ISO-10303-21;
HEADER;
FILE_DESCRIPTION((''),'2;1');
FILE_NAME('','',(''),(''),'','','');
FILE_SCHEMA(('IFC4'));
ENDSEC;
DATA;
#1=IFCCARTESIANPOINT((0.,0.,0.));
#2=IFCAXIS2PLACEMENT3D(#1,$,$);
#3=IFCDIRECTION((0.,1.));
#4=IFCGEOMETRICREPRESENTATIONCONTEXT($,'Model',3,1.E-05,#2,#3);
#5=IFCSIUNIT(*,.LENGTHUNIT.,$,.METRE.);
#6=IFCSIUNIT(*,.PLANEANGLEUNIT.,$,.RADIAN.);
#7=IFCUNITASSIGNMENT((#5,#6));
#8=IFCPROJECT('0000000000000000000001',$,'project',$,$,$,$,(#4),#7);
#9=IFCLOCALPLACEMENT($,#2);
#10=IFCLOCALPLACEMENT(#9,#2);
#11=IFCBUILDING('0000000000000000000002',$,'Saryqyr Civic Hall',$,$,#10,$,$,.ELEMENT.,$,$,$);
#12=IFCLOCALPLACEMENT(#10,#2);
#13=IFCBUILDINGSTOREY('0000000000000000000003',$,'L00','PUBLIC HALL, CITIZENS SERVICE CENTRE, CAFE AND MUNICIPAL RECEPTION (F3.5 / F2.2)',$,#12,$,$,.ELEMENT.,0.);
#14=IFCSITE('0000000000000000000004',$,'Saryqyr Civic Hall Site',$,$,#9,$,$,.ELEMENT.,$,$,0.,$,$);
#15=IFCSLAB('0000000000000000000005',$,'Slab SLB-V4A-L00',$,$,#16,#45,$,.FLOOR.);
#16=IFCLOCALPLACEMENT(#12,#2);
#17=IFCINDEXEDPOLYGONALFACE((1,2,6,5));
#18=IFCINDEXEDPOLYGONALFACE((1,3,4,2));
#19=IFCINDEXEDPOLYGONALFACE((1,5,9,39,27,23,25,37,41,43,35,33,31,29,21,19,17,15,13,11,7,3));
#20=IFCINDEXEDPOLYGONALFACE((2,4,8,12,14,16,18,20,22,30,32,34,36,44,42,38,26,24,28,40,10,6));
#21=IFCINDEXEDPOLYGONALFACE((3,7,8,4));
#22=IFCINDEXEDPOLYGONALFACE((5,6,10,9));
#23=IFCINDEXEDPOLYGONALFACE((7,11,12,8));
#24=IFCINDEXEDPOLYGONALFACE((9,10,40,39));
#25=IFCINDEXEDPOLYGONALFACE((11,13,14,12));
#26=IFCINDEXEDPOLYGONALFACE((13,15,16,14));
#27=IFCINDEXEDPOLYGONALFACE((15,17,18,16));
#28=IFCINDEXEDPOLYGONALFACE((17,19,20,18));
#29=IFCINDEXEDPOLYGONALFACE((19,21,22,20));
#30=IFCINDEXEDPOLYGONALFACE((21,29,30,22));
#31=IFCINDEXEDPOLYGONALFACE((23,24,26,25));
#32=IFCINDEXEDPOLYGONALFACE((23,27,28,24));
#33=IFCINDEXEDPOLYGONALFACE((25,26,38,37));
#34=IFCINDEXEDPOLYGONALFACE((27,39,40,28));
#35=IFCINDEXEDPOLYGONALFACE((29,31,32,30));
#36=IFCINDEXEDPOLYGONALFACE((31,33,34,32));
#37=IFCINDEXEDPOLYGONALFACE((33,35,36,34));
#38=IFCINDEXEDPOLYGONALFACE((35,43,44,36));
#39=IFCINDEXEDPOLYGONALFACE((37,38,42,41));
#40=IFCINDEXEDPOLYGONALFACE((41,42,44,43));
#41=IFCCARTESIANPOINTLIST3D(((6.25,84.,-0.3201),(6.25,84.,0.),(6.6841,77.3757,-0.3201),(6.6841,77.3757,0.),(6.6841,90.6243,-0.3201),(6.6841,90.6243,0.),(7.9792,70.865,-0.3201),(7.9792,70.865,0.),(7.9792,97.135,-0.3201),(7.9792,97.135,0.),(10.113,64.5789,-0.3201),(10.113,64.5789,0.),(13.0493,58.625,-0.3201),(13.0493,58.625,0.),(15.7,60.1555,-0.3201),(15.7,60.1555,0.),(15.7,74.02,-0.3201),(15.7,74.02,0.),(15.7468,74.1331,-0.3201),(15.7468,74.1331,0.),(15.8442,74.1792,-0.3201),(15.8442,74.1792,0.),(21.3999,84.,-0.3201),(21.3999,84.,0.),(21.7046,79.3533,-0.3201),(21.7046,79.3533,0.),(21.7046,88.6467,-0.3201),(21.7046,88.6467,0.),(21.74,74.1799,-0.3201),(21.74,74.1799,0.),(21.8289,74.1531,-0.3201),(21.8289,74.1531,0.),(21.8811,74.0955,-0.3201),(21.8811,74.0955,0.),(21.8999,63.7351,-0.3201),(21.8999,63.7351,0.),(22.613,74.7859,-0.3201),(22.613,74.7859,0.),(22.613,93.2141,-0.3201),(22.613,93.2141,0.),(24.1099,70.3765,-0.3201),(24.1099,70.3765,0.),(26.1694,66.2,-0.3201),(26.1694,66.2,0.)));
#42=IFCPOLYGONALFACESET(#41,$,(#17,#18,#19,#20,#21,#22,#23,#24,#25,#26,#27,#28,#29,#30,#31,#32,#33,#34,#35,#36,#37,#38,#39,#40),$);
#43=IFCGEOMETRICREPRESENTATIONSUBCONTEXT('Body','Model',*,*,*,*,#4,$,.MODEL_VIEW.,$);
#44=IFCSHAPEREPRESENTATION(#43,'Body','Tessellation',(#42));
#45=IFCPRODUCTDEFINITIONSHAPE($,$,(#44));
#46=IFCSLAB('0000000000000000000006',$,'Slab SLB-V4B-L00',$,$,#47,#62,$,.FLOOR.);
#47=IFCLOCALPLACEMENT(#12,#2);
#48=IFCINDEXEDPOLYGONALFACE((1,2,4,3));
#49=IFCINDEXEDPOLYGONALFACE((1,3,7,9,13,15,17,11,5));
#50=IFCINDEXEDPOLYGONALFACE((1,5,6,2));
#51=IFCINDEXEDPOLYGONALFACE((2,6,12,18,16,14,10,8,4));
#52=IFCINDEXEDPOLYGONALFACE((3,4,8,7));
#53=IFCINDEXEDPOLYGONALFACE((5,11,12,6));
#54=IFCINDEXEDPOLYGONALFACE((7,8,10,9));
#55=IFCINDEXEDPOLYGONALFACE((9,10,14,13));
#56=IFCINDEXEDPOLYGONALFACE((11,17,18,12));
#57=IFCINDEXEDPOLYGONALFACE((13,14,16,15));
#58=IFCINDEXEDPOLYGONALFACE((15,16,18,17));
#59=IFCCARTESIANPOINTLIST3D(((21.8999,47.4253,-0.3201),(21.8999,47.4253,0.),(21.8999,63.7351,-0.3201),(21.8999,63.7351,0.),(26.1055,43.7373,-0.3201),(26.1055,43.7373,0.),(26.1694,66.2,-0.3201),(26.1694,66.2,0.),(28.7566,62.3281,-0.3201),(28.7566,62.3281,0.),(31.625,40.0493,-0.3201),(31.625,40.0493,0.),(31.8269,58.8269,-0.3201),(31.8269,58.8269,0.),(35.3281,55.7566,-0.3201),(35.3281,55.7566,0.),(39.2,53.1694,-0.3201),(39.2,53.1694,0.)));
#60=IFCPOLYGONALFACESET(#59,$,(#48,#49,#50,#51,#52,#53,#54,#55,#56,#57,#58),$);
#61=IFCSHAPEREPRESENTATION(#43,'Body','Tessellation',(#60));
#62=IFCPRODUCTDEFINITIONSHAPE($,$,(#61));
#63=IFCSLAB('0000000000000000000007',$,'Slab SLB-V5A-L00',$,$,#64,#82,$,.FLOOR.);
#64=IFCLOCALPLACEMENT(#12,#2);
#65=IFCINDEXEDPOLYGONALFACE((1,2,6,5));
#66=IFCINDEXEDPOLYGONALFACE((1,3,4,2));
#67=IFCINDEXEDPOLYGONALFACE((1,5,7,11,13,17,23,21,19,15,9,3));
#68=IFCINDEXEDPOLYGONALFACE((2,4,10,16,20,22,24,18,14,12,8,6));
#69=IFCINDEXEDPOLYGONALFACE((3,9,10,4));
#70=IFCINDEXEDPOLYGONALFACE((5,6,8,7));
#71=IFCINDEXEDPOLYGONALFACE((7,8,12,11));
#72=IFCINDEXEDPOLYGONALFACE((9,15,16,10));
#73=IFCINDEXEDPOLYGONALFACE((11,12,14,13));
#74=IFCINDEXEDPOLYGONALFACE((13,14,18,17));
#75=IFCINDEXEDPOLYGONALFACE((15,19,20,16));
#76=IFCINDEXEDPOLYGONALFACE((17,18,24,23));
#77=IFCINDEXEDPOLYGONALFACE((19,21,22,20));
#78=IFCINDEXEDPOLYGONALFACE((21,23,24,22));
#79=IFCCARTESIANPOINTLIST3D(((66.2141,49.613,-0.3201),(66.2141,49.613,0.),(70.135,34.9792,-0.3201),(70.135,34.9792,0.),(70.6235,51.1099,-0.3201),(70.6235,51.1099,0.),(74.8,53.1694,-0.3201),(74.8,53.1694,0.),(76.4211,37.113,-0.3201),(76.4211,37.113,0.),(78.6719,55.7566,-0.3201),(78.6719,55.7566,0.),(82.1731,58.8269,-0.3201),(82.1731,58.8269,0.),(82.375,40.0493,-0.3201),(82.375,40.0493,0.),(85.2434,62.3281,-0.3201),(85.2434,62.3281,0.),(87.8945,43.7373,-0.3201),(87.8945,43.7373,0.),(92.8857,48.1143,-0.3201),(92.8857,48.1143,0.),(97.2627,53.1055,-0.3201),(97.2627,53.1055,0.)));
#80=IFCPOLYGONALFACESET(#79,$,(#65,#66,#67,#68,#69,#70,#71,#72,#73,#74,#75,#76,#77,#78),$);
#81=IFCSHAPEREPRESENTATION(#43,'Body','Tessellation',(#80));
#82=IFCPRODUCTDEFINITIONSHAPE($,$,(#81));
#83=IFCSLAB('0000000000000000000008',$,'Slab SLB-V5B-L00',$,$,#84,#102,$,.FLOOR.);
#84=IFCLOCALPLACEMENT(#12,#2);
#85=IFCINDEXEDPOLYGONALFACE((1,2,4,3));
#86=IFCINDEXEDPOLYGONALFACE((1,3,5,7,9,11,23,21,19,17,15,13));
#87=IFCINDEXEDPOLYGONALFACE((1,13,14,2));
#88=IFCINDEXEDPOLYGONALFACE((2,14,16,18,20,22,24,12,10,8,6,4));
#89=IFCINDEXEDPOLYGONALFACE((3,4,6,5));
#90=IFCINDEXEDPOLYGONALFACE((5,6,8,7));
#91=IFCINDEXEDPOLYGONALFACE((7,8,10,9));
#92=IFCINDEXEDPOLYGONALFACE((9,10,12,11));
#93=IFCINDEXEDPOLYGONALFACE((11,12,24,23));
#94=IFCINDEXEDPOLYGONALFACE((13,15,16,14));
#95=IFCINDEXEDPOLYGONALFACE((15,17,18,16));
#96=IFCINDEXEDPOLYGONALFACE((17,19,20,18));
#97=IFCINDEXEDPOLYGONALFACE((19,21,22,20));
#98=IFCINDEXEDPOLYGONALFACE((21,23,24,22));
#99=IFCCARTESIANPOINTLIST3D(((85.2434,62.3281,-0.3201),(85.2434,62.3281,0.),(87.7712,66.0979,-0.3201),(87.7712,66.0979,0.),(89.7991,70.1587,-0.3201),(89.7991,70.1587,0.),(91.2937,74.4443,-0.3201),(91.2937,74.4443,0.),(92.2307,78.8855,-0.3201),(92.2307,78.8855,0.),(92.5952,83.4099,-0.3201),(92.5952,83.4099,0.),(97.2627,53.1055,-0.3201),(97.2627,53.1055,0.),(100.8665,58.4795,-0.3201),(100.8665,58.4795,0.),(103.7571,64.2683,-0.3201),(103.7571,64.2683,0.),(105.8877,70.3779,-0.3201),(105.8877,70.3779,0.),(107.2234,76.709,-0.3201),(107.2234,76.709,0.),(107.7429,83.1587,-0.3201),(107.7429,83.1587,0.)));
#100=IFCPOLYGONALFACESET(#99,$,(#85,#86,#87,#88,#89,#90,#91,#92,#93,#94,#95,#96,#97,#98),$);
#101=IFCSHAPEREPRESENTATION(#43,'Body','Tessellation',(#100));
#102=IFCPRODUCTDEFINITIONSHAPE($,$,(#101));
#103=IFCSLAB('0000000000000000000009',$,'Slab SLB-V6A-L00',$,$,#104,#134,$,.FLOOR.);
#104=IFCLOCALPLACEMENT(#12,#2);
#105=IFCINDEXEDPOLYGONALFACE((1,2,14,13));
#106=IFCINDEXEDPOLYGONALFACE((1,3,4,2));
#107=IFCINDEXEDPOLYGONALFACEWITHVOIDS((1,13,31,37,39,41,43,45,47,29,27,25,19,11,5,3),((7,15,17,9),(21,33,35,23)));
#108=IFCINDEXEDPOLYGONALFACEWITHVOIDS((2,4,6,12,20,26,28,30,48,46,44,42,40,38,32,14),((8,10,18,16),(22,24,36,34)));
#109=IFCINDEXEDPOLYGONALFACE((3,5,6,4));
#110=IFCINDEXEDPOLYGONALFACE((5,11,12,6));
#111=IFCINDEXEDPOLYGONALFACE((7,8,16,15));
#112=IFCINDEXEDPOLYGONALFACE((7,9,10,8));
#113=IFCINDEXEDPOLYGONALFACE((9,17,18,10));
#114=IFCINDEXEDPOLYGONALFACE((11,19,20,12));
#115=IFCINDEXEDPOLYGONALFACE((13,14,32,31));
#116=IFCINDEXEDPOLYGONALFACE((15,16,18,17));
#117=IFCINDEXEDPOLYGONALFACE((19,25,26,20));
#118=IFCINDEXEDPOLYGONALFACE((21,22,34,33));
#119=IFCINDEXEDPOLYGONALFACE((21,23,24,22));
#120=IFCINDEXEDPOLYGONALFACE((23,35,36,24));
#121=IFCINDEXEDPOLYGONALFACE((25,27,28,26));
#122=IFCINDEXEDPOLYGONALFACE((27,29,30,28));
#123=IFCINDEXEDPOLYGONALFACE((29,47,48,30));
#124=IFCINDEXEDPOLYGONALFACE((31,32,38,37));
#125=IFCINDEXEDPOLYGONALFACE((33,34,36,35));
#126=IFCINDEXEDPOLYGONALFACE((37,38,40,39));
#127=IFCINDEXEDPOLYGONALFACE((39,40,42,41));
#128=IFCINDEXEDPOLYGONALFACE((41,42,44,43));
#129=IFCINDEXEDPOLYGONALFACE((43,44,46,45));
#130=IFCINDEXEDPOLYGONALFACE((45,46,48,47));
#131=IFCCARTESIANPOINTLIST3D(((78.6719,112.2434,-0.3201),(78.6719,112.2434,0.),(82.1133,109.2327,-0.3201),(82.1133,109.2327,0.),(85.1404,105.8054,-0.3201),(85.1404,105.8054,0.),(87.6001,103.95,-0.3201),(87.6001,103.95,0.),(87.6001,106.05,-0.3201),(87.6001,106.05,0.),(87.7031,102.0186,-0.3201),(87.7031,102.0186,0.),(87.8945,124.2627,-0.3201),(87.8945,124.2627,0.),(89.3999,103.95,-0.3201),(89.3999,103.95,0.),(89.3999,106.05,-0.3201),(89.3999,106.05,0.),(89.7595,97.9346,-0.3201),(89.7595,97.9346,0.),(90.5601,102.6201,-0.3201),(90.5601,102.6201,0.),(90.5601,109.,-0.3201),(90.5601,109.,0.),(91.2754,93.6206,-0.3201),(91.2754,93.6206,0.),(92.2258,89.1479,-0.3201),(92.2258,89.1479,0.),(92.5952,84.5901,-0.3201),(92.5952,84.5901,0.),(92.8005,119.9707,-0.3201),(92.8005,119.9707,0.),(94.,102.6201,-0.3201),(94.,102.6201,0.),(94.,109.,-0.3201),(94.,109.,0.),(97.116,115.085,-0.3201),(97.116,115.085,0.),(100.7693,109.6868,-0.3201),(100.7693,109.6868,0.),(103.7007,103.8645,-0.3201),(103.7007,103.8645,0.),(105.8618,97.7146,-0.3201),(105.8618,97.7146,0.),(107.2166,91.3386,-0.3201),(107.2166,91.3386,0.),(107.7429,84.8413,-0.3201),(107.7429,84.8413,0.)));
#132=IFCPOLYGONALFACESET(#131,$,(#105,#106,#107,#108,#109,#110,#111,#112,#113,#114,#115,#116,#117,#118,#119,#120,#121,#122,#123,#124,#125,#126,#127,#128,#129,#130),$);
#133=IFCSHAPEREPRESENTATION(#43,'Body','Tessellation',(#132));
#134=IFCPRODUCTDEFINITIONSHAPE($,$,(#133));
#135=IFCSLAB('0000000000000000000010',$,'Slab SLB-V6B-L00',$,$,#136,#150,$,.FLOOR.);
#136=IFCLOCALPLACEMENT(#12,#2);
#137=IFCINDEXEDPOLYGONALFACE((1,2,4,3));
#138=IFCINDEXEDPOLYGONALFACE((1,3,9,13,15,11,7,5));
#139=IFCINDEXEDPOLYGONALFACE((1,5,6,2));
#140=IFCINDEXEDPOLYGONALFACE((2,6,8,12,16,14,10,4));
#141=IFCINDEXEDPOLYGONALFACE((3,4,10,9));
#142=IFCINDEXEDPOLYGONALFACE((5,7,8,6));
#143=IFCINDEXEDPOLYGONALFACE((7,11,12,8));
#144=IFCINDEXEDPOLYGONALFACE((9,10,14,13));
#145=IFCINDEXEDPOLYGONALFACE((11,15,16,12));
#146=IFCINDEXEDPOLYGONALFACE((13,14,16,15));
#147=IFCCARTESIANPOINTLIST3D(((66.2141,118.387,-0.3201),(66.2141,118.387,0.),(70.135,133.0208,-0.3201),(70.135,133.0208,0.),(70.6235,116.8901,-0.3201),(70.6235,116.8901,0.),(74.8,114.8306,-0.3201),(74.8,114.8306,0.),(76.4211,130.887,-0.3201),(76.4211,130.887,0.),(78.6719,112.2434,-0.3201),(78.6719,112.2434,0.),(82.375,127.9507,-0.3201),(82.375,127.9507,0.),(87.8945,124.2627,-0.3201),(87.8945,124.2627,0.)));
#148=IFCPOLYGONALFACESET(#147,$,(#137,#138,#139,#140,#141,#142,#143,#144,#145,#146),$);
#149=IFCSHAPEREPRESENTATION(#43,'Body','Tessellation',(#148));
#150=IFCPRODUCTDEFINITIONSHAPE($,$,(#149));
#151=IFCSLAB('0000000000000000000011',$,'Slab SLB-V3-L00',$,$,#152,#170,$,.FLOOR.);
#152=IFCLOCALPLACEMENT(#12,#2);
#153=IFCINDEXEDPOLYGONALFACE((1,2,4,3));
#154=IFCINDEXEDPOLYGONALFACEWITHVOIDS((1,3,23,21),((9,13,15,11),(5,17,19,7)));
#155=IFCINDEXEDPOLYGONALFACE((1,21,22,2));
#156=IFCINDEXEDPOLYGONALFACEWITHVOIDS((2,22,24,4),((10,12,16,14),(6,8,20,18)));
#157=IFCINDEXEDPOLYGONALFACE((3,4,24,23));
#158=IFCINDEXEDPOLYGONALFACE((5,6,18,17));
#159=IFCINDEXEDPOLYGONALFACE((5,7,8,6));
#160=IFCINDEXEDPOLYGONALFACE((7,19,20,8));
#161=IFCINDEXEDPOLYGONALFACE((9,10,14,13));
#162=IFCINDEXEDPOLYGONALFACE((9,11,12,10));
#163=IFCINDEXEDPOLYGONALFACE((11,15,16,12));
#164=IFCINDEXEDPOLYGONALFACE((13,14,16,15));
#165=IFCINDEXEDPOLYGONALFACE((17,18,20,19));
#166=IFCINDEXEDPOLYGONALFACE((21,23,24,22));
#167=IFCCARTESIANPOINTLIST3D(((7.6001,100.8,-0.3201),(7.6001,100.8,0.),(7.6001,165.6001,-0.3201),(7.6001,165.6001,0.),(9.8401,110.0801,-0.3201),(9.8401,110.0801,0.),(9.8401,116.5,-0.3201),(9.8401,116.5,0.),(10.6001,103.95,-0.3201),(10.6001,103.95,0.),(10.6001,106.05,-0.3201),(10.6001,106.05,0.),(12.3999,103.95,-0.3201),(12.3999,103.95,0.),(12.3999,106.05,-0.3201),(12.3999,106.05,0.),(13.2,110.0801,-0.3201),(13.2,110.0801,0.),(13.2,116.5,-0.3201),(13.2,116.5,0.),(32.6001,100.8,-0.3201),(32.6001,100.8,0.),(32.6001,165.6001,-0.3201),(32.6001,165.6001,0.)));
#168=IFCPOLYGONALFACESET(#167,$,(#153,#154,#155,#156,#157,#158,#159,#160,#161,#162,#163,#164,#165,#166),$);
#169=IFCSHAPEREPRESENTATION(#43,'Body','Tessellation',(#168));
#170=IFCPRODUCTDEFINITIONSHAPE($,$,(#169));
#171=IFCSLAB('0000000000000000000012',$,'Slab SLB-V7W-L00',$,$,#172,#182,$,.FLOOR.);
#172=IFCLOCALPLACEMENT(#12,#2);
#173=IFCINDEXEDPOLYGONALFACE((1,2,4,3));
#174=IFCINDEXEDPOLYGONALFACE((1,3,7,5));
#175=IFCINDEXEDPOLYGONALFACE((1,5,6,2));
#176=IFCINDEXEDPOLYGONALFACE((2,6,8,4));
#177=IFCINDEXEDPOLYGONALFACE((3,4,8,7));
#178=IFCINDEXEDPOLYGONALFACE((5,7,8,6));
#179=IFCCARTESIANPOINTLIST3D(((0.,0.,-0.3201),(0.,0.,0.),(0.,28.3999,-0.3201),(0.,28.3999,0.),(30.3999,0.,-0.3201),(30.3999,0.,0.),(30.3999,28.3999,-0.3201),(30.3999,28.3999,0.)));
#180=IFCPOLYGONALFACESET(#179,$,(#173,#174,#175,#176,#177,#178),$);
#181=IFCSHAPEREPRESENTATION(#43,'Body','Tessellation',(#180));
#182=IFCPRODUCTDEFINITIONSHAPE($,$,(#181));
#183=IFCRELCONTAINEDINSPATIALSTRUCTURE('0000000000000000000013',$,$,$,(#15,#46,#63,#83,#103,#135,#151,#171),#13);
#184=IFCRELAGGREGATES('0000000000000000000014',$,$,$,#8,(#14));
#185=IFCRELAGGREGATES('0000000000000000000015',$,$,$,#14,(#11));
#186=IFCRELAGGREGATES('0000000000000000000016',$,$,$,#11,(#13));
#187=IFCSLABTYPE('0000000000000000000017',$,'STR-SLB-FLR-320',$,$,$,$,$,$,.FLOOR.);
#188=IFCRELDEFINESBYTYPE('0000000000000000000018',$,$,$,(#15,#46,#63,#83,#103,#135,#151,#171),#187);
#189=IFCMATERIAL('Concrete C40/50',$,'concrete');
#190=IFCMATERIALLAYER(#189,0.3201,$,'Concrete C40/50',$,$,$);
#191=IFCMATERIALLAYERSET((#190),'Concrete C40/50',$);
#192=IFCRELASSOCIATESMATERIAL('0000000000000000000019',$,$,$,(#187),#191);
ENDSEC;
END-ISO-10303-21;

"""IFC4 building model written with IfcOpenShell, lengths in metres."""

from ifc_helpers import new_model, si_unit, direction, frame, origin, place, context, subcontext, project, spatial, polyline, outline, extrude, material, layer, layer_set, type_object, element, save


model = new_model("IFC4")

# Units and contexts
model_context = context("Model", 3, precision=1e-05, world=origin(), true_north=direction((0.0, 1.0)))
body_context = subcontext(model_context, "Body", "Model", "MODEL_VIEW")
ifc_project = project(units=[si_unit("LENGTHUNIT", "METRE"), si_unit("PLANEANGLEUNIT", "RADIAN")], contexts=[model_context])

# Site, building, storey
site_placement = place(None, origin())
site = spatial("IfcSite", under=ifc_project, at=site_placement, Name="Saryqyr Civic Hall Site", CompositionType="ELEMENT", RefElevation=0.0)
building_placement = place(site_placement, origin())
building = spatial("IfcBuilding", under=site, at=building_placement, Name="Saryqyr Civic Hall", CompositionType="ELEMENT")
storey_placement = place(building_placement, origin())
storey = spatial("IfcBuildingStorey", under=building, at=storey_placement, Name="L00", Description="PUBLIC HALL, CITIZENS SERVICE CENTRE, CAFE AND MUNICIPAL RECEPTION (F3.5 / F2.2)", CompositionType="ELEMENT", Elevation=0.0)

# Shared definitions
ifc_material_1 = material(Name="Concrete C40/50", Category="concrete")

# Slabs
ifc_layer_1 = layer(ifc_material_1, 0.3201, Name="Concrete C40/50")
ifc_layer_set_1 = layer_set([ifc_layer_1], Name="Concrete C40/50")
slab_type_1 = type_object("IfcSlabType", Name="STR-SLB-FLR-320", PredefinedType="FLOOR", material=ifc_layer_set_1)
slab_1_placement = place(storey_placement, frame((0.0, 0.0, -0.3201)))
element("IfcSlab", 1, at=slab_1_placement, inside=storey, type_object=slab_type_1, Name="Slab SLB-V4A-L00", PredefinedType="FLOOR", context=body_context, shape_type="SweptSolid", body=[
    extrude(outline(polyline([(10.113, 64.5789), (7.9792, 70.865), (6.6841, 77.3757), (6.25, 84.0), (6.6841, 90.6243), (7.9792, 97.135), (22.613, 93.2141), (21.7046, 88.6467), (21.3999, 84.0), (21.7046, 79.3533), (22.613, 74.7859), (24.1099, 70.3765), (26.1694, 66.2), (21.8999, 63.7351), (21.8811, 74.0955), (21.8289, 74.1531), (21.74, 74.1799), (15.8442, 74.1792), (15.7468, 74.1331), (15.7, 74.02), (15.7, 60.1555), (13.0493, 58.625), (10.113, 64.5789)])), origin(), (0.0, 0.0, 1.0), 0.3201),
])
slab_2_placement = place(storey_placement, frame((0.0, 0.0, -0.3201)))
element("IfcSlab", 2, at=slab_2_placement, inside=storey, type_object=slab_type_1, Name="Slab SLB-V4B-L00", PredefinedType="FLOOR", context=body_context, shape_type="SweptSolid", body=[
    extrude(outline(polyline([(28.7566, 62.3281), (31.8269, 58.8269), (35.3281, 55.7566), (39.2, 53.1694), (31.625, 40.0493), (26.1055, 43.7373), (21.8999, 47.4253), (21.8999, 63.7351), (26.1694, 66.2), (28.7566, 62.3281)])), origin(), (0.0, 0.0, 1.0), 0.3201),
])
slab_3_placement = place(storey_placement, frame((0.0, 0.0, -0.3201)))
element("IfcSlab", 3, at=slab_3_placement, inside=storey, type_object=slab_type_1, Name="Slab SLB-V5A-L00", PredefinedType="FLOOR", context=body_context, shape_type="SweptSolid", body=[
    extrude(outline(polyline([(70.6235, 51.1099), (74.8, 53.1694), (78.6719, 55.7566), (82.1731, 58.8269), (85.2434, 62.3281), (97.2627, 53.1055), (92.8857, 48.1143), (87.8945, 43.7373), (82.375, 40.0493), (76.4211, 37.113), (70.135, 34.9792), (66.2141, 49.613), (70.6235, 51.1099)])), origin(), (0.0, 0.0, 1.0), 0.3201),
])
slab_4_placement = place(storey_placement, frame((0.0, 0.0, -0.3201)))
element("IfcSlab", 4, at=slab_4_placement, inside=storey, type_object=slab_type_1, Name="Slab SLB-V5B-L00", PredefinedType="FLOOR", context=body_context, shape_type="SweptSolid", body=[
    extrude(outline(polyline([(87.7712, 66.0979), (89.7991, 70.1587), (91.2937, 74.4443), (92.2307, 78.8855), (92.5952, 83.4099), (107.7429, 83.1587), (107.2234, 76.709), (105.8877, 70.3779), (103.7571, 64.2683), (100.8665, 58.4795), (97.2627, 53.1055), (85.2434, 62.3281), (87.7712, 66.0979)])), origin(), (0.0, 0.0, 1.0), 0.3201),
])
slab_5_placement = place(storey_placement, frame((0.0, 0.0, -0.3201)))
element("IfcSlab", 5, at=slab_5_placement, inside=storey, type_object=slab_type_1, Name="Slab SLB-V6A-L00", PredefinedType="FLOOR", context=body_context, shape_type="SweptSolid", body=[
    extrude(outline(polyline([(92.2258, 89.1479), (91.2754, 93.6206), (89.7595, 97.9346), (87.7031, 102.0186), (85.1404, 105.8054), (82.1133, 109.2327), (78.6719, 112.2434), (87.8945, 124.2627), (92.8005, 119.9707), (97.116, 115.085), (100.7693, 109.6868), (103.7007, 103.8645), (105.8618, 97.7146), (107.2166, 91.3386), (107.7429, 84.8413), (92.5952, 84.5901), (92.2258, 89.1479)]), holes=[polyline([(89.3999, 106.05), (87.6001, 106.05), (87.6001, 103.95), (89.3999, 103.95), (89.3999, 106.05)]), polyline([(94.0, 109.0), (90.5601, 109.0), (90.5601, 102.6201), (94.0, 102.6201), (94.0, 109.0)])]), origin(), (0.0, 0.0, 1.0), 0.3201),
])
slab_6_placement = place(storey_placement, frame((0.0, 0.0, -0.3201)))
element("IfcSlab", 6, at=slab_6_placement, inside=storey, type_object=slab_type_1, Name="Slab SLB-V6B-L00", PredefinedType="FLOOR", context=body_context, shape_type="SweptSolid", body=[
    extrude(outline(polyline([(74.8, 114.8306), (70.6235, 116.8901), (66.2141, 118.387), (70.135, 133.0208), (76.4211, 130.887), (82.375, 127.9507), (87.8945, 124.2627), (78.6719, 112.2434), (74.8, 114.8306)])), origin(), (0.0, 0.0, 1.0), 0.3201),
])
slab_7_placement = place(storey_placement, frame((0.0, 0.0, -0.3201)))
element("IfcSlab", 7, at=slab_7_placement, inside=storey, type_object=slab_type_1, Name="Slab SLB-V3-L00", PredefinedType="FLOOR", context=body_context, shape_type="SweptSolid", body=[
    extrude(outline(polyline([(32.6001, 165.6001), (32.6001, 100.8), (7.6001, 100.8), (7.6001, 165.6001), (32.6001, 165.6001)]), holes=[polyline([(12.3999, 106.05), (10.6001, 106.05), (10.6001, 103.95), (12.3999, 103.95), (12.3999, 106.05)]), polyline([(13.2, 116.5), (9.8401, 116.5), (9.8401, 110.0801), (13.2, 110.0801), (13.2, 116.5)])]), origin(), (0.0, 0.0, 1.0), 0.3201),
])
slab_8_placement = place(storey_placement, frame((0.0, 0.0, -0.3201)))
element("IfcSlab", 8, at=slab_8_placement, inside=storey, type_object=slab_type_1, Name="Slab SLB-V7W-L00", PredefinedType="FLOOR", context=body_context, shape_type="SweptSolid", body=[
    extrude(outline(polyline([(0.0, 28.3999), (30.3999, 28.3999), (30.3999, 0.0), (0.0, 0.0), (0.0, 28.3999)])), origin(), (0.0, 0.0, 1.0), 0.3201),
])

save(model, "model.ifc")
